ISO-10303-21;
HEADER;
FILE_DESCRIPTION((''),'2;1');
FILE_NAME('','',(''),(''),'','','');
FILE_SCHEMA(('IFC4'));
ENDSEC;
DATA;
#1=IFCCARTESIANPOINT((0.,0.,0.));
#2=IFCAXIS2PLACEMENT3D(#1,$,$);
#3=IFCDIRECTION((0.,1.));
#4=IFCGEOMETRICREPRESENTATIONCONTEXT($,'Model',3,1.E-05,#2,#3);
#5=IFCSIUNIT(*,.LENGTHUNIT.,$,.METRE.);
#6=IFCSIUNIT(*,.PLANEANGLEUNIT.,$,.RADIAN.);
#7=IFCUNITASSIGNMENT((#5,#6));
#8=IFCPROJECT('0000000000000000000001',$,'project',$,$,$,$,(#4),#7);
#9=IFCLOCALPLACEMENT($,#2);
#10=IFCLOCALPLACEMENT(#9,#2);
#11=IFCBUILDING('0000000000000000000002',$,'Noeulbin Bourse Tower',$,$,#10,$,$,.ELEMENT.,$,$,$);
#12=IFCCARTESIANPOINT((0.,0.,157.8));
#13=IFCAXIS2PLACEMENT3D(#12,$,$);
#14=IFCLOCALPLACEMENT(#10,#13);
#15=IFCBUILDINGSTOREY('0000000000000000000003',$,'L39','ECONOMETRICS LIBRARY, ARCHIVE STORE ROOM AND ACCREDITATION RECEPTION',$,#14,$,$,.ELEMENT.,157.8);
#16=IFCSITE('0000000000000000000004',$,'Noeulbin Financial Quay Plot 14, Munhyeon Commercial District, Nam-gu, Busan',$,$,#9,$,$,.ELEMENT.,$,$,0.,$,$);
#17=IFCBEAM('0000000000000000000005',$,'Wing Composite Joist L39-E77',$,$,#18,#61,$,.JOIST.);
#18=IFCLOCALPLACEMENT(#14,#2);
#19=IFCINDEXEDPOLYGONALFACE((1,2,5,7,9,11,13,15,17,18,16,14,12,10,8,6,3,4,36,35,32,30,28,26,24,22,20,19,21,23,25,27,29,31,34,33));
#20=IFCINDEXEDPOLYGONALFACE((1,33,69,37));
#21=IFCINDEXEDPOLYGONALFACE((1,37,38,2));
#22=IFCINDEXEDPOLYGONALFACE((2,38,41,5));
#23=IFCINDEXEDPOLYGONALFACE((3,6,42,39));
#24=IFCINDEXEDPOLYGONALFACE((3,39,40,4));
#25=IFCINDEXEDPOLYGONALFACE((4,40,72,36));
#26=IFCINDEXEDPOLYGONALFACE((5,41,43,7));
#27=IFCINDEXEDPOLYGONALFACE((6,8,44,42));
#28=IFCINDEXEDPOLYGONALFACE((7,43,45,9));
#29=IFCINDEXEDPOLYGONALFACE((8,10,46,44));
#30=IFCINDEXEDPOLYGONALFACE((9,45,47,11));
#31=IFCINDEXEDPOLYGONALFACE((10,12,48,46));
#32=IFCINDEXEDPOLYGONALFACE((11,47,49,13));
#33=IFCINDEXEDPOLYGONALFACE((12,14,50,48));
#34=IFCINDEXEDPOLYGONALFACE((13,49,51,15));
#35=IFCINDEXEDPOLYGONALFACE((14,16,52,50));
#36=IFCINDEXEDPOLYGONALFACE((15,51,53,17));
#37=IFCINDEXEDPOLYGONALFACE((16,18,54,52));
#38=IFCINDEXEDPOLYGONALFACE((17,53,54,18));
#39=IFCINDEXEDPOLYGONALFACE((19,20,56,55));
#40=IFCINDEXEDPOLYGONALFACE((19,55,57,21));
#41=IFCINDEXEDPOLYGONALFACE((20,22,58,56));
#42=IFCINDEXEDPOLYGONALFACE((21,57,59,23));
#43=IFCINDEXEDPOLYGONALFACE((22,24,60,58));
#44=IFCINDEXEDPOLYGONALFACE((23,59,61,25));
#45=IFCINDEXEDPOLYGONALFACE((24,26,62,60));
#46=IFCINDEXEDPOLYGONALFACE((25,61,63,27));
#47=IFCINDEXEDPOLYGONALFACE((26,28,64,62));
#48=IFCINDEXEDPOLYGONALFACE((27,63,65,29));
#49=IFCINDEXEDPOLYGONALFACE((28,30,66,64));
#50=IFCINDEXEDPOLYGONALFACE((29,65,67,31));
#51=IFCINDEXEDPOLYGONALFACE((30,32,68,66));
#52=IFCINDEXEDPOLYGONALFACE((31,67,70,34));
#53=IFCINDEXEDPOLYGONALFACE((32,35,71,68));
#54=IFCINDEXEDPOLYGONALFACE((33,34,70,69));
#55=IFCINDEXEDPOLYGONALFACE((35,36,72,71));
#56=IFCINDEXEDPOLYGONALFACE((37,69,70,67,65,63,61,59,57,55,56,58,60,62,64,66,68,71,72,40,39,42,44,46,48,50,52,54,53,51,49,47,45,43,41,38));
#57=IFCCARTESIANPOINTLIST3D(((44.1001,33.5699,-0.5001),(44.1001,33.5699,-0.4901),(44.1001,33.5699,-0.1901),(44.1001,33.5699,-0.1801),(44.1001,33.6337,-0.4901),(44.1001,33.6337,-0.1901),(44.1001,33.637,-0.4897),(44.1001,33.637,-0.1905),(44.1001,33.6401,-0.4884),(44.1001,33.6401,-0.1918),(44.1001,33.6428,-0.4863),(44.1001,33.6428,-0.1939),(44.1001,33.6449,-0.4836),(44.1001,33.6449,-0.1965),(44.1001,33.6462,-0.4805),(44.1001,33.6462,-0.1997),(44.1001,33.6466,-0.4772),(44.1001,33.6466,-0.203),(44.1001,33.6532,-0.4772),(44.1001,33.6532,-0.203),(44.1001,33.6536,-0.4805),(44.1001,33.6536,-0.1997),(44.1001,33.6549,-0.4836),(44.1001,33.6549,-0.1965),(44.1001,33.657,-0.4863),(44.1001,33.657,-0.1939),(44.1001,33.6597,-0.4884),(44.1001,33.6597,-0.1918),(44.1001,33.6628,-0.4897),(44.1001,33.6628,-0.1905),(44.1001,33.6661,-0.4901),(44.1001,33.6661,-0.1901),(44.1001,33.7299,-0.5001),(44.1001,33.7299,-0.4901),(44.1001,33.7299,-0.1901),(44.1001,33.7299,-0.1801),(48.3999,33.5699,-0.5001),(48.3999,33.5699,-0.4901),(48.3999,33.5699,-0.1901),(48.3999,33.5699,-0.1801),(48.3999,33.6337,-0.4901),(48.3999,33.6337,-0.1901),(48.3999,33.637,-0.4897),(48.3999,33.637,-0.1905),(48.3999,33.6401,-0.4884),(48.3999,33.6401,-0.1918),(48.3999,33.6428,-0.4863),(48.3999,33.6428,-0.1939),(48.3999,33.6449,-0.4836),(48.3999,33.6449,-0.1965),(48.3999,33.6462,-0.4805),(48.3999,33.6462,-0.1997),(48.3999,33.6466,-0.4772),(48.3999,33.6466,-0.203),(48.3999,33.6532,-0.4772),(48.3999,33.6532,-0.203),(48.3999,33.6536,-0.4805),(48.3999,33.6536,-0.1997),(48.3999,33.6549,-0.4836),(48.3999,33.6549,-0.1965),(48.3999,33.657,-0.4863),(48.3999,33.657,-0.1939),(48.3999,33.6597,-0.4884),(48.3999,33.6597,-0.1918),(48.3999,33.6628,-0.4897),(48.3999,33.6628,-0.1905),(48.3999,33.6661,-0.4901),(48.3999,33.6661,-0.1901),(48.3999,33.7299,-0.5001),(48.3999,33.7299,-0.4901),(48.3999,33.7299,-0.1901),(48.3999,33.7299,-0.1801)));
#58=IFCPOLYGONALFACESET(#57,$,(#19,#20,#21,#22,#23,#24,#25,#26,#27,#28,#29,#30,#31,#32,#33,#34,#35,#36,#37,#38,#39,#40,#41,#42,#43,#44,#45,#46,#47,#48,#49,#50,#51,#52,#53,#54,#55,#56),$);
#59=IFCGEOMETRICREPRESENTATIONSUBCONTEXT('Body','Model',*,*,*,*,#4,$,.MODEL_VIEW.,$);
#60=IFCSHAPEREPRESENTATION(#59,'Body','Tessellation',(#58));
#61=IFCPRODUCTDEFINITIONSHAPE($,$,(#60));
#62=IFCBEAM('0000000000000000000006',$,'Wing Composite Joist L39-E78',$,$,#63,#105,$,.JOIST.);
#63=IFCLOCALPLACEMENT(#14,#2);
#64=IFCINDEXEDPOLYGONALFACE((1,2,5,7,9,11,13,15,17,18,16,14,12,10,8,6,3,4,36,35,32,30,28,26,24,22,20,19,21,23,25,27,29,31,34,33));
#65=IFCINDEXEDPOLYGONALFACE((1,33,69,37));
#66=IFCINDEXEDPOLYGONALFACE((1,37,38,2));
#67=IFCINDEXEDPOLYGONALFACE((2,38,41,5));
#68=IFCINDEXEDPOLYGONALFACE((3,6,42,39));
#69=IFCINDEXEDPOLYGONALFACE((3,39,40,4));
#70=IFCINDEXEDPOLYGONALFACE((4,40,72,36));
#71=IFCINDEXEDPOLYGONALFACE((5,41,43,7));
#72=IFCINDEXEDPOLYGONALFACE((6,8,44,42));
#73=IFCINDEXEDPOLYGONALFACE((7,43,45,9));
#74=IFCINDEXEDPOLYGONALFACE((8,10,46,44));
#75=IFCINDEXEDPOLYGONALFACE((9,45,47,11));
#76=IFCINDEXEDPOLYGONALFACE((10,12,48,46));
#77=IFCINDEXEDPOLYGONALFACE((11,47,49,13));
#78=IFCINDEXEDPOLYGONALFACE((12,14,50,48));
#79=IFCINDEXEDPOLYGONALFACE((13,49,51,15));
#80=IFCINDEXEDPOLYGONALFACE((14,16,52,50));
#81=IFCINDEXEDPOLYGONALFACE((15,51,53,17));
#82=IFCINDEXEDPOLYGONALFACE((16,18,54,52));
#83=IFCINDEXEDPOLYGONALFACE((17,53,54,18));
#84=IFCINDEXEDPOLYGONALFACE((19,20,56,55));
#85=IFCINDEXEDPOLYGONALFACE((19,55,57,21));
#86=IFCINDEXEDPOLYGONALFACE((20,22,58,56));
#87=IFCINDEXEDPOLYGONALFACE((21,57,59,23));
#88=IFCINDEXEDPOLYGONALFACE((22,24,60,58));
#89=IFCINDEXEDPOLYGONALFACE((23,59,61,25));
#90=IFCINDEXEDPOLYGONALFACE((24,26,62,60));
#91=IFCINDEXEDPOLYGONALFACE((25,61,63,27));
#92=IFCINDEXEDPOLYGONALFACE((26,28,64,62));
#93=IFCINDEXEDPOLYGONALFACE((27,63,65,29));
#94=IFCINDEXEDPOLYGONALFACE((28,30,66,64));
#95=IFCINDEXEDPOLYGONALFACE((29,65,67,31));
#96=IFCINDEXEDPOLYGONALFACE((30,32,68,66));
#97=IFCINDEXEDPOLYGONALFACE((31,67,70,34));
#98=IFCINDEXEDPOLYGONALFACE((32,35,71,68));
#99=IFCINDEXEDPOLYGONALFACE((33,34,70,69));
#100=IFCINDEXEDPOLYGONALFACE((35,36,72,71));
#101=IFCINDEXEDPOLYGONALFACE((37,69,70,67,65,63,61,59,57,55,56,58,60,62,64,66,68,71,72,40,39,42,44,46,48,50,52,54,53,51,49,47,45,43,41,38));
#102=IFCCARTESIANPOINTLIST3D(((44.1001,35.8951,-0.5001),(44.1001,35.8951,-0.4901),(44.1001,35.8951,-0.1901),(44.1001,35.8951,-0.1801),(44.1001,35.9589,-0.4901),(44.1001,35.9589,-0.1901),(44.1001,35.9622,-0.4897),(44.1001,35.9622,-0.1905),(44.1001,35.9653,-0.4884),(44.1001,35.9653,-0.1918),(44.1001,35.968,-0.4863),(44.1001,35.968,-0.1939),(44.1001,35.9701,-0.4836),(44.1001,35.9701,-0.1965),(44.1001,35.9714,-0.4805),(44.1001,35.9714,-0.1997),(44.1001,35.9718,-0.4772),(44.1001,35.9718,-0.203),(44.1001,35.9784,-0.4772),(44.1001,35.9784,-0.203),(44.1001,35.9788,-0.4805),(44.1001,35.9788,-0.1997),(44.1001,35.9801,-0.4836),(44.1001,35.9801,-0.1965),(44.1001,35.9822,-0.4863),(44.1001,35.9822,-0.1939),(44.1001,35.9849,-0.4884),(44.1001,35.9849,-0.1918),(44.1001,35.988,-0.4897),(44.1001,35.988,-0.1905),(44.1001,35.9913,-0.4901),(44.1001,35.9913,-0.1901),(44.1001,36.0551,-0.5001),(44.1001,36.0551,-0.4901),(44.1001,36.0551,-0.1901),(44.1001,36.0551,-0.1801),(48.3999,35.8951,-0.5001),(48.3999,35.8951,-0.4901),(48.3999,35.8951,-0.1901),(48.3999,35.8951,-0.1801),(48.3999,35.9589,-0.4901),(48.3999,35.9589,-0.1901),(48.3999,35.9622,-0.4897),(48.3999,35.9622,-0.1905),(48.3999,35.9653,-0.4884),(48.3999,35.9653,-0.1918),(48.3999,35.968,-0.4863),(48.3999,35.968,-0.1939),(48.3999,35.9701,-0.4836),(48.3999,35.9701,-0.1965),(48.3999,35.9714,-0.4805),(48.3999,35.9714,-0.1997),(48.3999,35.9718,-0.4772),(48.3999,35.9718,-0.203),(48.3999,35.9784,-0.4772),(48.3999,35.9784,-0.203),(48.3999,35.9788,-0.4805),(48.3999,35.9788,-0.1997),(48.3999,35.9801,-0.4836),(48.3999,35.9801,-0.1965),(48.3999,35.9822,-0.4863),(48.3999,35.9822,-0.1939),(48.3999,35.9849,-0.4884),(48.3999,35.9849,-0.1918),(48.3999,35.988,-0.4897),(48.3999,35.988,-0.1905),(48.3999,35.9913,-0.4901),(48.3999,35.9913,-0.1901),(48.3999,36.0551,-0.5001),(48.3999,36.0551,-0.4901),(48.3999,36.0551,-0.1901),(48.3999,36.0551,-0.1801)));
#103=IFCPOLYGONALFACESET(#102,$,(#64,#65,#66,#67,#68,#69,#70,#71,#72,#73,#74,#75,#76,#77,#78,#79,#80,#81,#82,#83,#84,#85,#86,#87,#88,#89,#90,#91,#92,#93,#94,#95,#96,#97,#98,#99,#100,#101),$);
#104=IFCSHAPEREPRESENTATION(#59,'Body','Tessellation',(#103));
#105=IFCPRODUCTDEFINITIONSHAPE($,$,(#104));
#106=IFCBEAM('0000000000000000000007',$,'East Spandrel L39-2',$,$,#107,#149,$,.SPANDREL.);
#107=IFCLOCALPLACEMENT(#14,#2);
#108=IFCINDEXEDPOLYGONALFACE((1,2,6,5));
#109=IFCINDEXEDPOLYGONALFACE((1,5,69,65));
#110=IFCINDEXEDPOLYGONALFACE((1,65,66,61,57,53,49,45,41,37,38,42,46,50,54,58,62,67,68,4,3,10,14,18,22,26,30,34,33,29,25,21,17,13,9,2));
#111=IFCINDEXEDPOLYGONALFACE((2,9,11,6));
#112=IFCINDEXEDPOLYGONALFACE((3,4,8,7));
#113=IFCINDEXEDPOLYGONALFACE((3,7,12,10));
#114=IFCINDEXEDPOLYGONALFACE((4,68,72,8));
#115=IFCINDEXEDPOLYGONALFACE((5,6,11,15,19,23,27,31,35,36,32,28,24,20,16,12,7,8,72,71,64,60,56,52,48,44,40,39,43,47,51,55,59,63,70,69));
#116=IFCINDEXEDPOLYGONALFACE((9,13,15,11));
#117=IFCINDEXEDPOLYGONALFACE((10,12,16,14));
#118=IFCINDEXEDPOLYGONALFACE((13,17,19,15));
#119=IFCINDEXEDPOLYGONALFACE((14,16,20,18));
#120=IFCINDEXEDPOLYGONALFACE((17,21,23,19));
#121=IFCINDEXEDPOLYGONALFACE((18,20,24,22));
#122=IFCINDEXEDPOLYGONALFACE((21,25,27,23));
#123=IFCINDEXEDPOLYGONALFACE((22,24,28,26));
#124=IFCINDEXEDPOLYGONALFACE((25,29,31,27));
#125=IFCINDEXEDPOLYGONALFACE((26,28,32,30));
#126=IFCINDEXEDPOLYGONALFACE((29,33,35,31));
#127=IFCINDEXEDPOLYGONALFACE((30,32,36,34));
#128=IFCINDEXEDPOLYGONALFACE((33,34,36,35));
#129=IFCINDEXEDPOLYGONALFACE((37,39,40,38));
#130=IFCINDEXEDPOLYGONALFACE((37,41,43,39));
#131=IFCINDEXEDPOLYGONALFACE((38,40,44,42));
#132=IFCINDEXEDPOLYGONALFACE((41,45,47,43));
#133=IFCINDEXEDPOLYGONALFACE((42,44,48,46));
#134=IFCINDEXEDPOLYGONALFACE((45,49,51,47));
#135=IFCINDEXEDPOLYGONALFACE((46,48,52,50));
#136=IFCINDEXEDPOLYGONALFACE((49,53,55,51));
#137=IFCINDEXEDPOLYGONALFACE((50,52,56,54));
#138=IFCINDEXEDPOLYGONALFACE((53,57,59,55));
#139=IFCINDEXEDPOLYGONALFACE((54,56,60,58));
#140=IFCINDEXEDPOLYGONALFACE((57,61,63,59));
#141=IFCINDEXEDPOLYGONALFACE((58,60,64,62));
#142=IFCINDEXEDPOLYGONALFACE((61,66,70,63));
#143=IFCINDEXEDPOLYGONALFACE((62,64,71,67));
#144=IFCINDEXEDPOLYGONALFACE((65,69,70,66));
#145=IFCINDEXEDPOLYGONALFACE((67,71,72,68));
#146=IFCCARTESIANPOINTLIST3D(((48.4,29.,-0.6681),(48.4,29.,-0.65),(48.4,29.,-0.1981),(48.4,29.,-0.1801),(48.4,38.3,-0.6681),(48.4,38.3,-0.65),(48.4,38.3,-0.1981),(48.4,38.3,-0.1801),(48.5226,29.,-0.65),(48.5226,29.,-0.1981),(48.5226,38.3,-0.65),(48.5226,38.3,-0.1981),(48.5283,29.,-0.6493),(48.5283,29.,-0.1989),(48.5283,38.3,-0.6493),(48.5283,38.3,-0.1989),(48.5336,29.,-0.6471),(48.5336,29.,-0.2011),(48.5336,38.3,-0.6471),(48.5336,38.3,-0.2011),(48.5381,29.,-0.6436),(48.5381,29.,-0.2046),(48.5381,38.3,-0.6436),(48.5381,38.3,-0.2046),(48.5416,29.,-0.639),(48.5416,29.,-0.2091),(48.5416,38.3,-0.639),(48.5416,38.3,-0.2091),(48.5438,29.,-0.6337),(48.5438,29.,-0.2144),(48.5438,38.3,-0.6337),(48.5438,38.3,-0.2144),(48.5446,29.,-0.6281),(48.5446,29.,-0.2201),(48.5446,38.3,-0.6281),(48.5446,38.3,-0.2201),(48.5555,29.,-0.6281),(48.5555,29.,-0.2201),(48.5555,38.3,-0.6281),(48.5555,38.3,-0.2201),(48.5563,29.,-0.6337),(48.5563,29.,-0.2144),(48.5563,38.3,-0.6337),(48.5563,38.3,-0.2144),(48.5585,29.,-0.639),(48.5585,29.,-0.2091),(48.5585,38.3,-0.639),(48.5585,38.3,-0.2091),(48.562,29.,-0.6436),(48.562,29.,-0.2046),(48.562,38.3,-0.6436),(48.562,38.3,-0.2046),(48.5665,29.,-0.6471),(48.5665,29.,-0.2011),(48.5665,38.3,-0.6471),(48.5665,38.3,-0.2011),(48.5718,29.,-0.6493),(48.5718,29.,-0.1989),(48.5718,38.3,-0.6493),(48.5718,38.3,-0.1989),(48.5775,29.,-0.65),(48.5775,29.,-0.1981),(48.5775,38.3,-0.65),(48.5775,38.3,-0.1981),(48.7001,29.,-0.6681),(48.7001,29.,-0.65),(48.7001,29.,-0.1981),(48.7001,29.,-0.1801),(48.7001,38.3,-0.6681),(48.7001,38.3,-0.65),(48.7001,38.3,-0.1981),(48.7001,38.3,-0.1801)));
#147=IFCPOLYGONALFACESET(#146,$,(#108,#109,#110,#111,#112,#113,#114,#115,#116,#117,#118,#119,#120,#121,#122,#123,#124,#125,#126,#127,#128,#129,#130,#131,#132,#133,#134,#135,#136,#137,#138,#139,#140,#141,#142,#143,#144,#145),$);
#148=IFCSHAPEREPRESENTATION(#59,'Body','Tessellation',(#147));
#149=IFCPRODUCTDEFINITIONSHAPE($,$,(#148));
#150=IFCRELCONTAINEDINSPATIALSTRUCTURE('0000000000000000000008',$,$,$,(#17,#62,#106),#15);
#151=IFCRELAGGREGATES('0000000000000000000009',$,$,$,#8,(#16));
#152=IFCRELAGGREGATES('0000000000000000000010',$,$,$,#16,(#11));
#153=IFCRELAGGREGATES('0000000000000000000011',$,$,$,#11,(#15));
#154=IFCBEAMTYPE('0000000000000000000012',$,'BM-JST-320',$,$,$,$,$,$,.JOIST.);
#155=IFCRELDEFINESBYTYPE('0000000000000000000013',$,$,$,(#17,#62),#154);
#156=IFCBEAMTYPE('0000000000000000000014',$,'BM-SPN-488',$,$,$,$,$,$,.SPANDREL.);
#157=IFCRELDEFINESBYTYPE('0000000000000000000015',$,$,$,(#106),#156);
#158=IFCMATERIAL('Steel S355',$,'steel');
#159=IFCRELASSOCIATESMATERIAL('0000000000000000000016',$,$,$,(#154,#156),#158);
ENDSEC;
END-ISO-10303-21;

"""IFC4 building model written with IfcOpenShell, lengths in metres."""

from ifc_helpers import new_model, si_unit, direction, frame, origin, origin_2d, place, context, subcontext, project, spatial, i_section, extrude, material, material_profile, profile_set, type_object, element, save


model = new_model("IFC4")

# Units and contexts
model_context = context("Model", 3, precision=1e-05, world=origin(), true_north=direction((0.0, 1.0)))
body_context = subcontext(model_context, "Body", "Model", "MODEL_VIEW")
ifc_project = project(units=[si_unit("LENGTHUNIT", "METRE"), si_unit("PLANEANGLEUNIT", "RADIAN")], contexts=[model_context])

# Site, building, storey
site_placement = place(None, origin())
site = spatial("IfcSite", under=ifc_project, at=site_placement, Name="Noeulbin Financial Quay Plot 14, Munhyeon Commercial District, Nam-gu, Busan", CompositionType="ELEMENT", RefElevation=0.0)
building_placement = place(site_placement, origin())
building = spatial("IfcBuilding", under=site, at=building_placement, Name="Noeulbin Bourse Tower", CompositionType="ELEMENT")
storey_placement = place(building_placement, frame((0.0, 0.0, 157.8)))
storey = spatial("IfcBuildingStorey", under=building, at=storey_placement, Name="L39", Description="ECONOMETRICS LIBRARY, ARCHIVE STORE ROOM AND ACCREDITATION RECEPTION", CompositionType="ELEMENT", Elevation=157.8)

# Shared definitions
ifc_material_1 = material(Name="Steel S355", Category="steel")

# Beams
ifc_material_profile_1 = material_profile(ifc_material_1, i_section(OverallWidth=0.1599, OverallDepth=0.3201, WebThickness=0.0066, FlangeThickness=0.01, FilletRadius=0.0129, at=origin_2d()), Name="H-320x160x6.5x10", Category="LoadBearing")
ifc_profile_set_1 = profile_set([ifc_material_profile_1], Name="Steel S355")
beam_type_1 = type_object("IfcBeamType", Name="BM-JST-320", PredefinedType="JOIST", material=ifc_profile_set_1)
for number, where, z_axis, x_axis, name in (
    (1, (44.1001, 33.6499, -0.3401), (1.0, 0.0, 0.0), (0.0, 1.0, 0.0), "Wing Composite Joist L39-E77"),
    (2, (44.1001, 35.9751, -0.3401), (1.0, 0.0, 0.0), (0.0, 1.0, 0.0), "Wing Composite Joist L39-E78"),
):
    element("IfcBeam", number, at=place(storey_placement, frame(where, z_axis=z_axis, x_axis=x_axis)), inside=storey, type_object=beam_type_1, Name=name, PredefinedType="JOIST", context=body_context, shape_type="SweptSolid", body=[
        extrude(i_section(OverallWidth=0.1599, OverallDepth=0.3201, WebThickness=0.0066, FlangeThickness=0.01, FilletRadius=0.0129, at=origin_2d()), origin(), (0.0, 0.0, 1.0), 4.2998),
    ])
ifc_material_profile_2 = material_profile(ifc_material_1, i_section(OverallWidth=0.3, OverallDepth=0.488, WebThickness=0.011, FlangeThickness=0.0181, FilletRadius=0.022, at=origin_2d()), Name="H-488x300x11x18", Category="LoadBearing")
ifc_profile_set_2 = profile_set([ifc_material_profile_2], Name="Steel S355")
beam_type_2 = type_object("IfcBeamType", Name="BM-SPN-488", PredefinedType="SPANDREL", material=ifc_profile_set_2)
beam_placement = place(storey_placement, frame((48.55, 29.0, -0.4241), z_axis=(0.0, 1.0, 0.0), x_axis=(-1.0, 0.0, 0.0)))
element("IfcBeam", 3, at=beam_placement, inside=storey, type_object=beam_type_2, Name="East Spandrel L39-2", PredefinedType="SPANDREL", context=body_context, shape_type="SweptSolid", body=[
    extrude(i_section(OverallWidth=0.3, OverallDepth=0.488, WebThickness=0.011, FlangeThickness=0.0181, FilletRadius=0.022, at=origin_2d()), origin(), (0.0, 0.0, 1.0), 9.3),
])

save(model, "model.ifc")
